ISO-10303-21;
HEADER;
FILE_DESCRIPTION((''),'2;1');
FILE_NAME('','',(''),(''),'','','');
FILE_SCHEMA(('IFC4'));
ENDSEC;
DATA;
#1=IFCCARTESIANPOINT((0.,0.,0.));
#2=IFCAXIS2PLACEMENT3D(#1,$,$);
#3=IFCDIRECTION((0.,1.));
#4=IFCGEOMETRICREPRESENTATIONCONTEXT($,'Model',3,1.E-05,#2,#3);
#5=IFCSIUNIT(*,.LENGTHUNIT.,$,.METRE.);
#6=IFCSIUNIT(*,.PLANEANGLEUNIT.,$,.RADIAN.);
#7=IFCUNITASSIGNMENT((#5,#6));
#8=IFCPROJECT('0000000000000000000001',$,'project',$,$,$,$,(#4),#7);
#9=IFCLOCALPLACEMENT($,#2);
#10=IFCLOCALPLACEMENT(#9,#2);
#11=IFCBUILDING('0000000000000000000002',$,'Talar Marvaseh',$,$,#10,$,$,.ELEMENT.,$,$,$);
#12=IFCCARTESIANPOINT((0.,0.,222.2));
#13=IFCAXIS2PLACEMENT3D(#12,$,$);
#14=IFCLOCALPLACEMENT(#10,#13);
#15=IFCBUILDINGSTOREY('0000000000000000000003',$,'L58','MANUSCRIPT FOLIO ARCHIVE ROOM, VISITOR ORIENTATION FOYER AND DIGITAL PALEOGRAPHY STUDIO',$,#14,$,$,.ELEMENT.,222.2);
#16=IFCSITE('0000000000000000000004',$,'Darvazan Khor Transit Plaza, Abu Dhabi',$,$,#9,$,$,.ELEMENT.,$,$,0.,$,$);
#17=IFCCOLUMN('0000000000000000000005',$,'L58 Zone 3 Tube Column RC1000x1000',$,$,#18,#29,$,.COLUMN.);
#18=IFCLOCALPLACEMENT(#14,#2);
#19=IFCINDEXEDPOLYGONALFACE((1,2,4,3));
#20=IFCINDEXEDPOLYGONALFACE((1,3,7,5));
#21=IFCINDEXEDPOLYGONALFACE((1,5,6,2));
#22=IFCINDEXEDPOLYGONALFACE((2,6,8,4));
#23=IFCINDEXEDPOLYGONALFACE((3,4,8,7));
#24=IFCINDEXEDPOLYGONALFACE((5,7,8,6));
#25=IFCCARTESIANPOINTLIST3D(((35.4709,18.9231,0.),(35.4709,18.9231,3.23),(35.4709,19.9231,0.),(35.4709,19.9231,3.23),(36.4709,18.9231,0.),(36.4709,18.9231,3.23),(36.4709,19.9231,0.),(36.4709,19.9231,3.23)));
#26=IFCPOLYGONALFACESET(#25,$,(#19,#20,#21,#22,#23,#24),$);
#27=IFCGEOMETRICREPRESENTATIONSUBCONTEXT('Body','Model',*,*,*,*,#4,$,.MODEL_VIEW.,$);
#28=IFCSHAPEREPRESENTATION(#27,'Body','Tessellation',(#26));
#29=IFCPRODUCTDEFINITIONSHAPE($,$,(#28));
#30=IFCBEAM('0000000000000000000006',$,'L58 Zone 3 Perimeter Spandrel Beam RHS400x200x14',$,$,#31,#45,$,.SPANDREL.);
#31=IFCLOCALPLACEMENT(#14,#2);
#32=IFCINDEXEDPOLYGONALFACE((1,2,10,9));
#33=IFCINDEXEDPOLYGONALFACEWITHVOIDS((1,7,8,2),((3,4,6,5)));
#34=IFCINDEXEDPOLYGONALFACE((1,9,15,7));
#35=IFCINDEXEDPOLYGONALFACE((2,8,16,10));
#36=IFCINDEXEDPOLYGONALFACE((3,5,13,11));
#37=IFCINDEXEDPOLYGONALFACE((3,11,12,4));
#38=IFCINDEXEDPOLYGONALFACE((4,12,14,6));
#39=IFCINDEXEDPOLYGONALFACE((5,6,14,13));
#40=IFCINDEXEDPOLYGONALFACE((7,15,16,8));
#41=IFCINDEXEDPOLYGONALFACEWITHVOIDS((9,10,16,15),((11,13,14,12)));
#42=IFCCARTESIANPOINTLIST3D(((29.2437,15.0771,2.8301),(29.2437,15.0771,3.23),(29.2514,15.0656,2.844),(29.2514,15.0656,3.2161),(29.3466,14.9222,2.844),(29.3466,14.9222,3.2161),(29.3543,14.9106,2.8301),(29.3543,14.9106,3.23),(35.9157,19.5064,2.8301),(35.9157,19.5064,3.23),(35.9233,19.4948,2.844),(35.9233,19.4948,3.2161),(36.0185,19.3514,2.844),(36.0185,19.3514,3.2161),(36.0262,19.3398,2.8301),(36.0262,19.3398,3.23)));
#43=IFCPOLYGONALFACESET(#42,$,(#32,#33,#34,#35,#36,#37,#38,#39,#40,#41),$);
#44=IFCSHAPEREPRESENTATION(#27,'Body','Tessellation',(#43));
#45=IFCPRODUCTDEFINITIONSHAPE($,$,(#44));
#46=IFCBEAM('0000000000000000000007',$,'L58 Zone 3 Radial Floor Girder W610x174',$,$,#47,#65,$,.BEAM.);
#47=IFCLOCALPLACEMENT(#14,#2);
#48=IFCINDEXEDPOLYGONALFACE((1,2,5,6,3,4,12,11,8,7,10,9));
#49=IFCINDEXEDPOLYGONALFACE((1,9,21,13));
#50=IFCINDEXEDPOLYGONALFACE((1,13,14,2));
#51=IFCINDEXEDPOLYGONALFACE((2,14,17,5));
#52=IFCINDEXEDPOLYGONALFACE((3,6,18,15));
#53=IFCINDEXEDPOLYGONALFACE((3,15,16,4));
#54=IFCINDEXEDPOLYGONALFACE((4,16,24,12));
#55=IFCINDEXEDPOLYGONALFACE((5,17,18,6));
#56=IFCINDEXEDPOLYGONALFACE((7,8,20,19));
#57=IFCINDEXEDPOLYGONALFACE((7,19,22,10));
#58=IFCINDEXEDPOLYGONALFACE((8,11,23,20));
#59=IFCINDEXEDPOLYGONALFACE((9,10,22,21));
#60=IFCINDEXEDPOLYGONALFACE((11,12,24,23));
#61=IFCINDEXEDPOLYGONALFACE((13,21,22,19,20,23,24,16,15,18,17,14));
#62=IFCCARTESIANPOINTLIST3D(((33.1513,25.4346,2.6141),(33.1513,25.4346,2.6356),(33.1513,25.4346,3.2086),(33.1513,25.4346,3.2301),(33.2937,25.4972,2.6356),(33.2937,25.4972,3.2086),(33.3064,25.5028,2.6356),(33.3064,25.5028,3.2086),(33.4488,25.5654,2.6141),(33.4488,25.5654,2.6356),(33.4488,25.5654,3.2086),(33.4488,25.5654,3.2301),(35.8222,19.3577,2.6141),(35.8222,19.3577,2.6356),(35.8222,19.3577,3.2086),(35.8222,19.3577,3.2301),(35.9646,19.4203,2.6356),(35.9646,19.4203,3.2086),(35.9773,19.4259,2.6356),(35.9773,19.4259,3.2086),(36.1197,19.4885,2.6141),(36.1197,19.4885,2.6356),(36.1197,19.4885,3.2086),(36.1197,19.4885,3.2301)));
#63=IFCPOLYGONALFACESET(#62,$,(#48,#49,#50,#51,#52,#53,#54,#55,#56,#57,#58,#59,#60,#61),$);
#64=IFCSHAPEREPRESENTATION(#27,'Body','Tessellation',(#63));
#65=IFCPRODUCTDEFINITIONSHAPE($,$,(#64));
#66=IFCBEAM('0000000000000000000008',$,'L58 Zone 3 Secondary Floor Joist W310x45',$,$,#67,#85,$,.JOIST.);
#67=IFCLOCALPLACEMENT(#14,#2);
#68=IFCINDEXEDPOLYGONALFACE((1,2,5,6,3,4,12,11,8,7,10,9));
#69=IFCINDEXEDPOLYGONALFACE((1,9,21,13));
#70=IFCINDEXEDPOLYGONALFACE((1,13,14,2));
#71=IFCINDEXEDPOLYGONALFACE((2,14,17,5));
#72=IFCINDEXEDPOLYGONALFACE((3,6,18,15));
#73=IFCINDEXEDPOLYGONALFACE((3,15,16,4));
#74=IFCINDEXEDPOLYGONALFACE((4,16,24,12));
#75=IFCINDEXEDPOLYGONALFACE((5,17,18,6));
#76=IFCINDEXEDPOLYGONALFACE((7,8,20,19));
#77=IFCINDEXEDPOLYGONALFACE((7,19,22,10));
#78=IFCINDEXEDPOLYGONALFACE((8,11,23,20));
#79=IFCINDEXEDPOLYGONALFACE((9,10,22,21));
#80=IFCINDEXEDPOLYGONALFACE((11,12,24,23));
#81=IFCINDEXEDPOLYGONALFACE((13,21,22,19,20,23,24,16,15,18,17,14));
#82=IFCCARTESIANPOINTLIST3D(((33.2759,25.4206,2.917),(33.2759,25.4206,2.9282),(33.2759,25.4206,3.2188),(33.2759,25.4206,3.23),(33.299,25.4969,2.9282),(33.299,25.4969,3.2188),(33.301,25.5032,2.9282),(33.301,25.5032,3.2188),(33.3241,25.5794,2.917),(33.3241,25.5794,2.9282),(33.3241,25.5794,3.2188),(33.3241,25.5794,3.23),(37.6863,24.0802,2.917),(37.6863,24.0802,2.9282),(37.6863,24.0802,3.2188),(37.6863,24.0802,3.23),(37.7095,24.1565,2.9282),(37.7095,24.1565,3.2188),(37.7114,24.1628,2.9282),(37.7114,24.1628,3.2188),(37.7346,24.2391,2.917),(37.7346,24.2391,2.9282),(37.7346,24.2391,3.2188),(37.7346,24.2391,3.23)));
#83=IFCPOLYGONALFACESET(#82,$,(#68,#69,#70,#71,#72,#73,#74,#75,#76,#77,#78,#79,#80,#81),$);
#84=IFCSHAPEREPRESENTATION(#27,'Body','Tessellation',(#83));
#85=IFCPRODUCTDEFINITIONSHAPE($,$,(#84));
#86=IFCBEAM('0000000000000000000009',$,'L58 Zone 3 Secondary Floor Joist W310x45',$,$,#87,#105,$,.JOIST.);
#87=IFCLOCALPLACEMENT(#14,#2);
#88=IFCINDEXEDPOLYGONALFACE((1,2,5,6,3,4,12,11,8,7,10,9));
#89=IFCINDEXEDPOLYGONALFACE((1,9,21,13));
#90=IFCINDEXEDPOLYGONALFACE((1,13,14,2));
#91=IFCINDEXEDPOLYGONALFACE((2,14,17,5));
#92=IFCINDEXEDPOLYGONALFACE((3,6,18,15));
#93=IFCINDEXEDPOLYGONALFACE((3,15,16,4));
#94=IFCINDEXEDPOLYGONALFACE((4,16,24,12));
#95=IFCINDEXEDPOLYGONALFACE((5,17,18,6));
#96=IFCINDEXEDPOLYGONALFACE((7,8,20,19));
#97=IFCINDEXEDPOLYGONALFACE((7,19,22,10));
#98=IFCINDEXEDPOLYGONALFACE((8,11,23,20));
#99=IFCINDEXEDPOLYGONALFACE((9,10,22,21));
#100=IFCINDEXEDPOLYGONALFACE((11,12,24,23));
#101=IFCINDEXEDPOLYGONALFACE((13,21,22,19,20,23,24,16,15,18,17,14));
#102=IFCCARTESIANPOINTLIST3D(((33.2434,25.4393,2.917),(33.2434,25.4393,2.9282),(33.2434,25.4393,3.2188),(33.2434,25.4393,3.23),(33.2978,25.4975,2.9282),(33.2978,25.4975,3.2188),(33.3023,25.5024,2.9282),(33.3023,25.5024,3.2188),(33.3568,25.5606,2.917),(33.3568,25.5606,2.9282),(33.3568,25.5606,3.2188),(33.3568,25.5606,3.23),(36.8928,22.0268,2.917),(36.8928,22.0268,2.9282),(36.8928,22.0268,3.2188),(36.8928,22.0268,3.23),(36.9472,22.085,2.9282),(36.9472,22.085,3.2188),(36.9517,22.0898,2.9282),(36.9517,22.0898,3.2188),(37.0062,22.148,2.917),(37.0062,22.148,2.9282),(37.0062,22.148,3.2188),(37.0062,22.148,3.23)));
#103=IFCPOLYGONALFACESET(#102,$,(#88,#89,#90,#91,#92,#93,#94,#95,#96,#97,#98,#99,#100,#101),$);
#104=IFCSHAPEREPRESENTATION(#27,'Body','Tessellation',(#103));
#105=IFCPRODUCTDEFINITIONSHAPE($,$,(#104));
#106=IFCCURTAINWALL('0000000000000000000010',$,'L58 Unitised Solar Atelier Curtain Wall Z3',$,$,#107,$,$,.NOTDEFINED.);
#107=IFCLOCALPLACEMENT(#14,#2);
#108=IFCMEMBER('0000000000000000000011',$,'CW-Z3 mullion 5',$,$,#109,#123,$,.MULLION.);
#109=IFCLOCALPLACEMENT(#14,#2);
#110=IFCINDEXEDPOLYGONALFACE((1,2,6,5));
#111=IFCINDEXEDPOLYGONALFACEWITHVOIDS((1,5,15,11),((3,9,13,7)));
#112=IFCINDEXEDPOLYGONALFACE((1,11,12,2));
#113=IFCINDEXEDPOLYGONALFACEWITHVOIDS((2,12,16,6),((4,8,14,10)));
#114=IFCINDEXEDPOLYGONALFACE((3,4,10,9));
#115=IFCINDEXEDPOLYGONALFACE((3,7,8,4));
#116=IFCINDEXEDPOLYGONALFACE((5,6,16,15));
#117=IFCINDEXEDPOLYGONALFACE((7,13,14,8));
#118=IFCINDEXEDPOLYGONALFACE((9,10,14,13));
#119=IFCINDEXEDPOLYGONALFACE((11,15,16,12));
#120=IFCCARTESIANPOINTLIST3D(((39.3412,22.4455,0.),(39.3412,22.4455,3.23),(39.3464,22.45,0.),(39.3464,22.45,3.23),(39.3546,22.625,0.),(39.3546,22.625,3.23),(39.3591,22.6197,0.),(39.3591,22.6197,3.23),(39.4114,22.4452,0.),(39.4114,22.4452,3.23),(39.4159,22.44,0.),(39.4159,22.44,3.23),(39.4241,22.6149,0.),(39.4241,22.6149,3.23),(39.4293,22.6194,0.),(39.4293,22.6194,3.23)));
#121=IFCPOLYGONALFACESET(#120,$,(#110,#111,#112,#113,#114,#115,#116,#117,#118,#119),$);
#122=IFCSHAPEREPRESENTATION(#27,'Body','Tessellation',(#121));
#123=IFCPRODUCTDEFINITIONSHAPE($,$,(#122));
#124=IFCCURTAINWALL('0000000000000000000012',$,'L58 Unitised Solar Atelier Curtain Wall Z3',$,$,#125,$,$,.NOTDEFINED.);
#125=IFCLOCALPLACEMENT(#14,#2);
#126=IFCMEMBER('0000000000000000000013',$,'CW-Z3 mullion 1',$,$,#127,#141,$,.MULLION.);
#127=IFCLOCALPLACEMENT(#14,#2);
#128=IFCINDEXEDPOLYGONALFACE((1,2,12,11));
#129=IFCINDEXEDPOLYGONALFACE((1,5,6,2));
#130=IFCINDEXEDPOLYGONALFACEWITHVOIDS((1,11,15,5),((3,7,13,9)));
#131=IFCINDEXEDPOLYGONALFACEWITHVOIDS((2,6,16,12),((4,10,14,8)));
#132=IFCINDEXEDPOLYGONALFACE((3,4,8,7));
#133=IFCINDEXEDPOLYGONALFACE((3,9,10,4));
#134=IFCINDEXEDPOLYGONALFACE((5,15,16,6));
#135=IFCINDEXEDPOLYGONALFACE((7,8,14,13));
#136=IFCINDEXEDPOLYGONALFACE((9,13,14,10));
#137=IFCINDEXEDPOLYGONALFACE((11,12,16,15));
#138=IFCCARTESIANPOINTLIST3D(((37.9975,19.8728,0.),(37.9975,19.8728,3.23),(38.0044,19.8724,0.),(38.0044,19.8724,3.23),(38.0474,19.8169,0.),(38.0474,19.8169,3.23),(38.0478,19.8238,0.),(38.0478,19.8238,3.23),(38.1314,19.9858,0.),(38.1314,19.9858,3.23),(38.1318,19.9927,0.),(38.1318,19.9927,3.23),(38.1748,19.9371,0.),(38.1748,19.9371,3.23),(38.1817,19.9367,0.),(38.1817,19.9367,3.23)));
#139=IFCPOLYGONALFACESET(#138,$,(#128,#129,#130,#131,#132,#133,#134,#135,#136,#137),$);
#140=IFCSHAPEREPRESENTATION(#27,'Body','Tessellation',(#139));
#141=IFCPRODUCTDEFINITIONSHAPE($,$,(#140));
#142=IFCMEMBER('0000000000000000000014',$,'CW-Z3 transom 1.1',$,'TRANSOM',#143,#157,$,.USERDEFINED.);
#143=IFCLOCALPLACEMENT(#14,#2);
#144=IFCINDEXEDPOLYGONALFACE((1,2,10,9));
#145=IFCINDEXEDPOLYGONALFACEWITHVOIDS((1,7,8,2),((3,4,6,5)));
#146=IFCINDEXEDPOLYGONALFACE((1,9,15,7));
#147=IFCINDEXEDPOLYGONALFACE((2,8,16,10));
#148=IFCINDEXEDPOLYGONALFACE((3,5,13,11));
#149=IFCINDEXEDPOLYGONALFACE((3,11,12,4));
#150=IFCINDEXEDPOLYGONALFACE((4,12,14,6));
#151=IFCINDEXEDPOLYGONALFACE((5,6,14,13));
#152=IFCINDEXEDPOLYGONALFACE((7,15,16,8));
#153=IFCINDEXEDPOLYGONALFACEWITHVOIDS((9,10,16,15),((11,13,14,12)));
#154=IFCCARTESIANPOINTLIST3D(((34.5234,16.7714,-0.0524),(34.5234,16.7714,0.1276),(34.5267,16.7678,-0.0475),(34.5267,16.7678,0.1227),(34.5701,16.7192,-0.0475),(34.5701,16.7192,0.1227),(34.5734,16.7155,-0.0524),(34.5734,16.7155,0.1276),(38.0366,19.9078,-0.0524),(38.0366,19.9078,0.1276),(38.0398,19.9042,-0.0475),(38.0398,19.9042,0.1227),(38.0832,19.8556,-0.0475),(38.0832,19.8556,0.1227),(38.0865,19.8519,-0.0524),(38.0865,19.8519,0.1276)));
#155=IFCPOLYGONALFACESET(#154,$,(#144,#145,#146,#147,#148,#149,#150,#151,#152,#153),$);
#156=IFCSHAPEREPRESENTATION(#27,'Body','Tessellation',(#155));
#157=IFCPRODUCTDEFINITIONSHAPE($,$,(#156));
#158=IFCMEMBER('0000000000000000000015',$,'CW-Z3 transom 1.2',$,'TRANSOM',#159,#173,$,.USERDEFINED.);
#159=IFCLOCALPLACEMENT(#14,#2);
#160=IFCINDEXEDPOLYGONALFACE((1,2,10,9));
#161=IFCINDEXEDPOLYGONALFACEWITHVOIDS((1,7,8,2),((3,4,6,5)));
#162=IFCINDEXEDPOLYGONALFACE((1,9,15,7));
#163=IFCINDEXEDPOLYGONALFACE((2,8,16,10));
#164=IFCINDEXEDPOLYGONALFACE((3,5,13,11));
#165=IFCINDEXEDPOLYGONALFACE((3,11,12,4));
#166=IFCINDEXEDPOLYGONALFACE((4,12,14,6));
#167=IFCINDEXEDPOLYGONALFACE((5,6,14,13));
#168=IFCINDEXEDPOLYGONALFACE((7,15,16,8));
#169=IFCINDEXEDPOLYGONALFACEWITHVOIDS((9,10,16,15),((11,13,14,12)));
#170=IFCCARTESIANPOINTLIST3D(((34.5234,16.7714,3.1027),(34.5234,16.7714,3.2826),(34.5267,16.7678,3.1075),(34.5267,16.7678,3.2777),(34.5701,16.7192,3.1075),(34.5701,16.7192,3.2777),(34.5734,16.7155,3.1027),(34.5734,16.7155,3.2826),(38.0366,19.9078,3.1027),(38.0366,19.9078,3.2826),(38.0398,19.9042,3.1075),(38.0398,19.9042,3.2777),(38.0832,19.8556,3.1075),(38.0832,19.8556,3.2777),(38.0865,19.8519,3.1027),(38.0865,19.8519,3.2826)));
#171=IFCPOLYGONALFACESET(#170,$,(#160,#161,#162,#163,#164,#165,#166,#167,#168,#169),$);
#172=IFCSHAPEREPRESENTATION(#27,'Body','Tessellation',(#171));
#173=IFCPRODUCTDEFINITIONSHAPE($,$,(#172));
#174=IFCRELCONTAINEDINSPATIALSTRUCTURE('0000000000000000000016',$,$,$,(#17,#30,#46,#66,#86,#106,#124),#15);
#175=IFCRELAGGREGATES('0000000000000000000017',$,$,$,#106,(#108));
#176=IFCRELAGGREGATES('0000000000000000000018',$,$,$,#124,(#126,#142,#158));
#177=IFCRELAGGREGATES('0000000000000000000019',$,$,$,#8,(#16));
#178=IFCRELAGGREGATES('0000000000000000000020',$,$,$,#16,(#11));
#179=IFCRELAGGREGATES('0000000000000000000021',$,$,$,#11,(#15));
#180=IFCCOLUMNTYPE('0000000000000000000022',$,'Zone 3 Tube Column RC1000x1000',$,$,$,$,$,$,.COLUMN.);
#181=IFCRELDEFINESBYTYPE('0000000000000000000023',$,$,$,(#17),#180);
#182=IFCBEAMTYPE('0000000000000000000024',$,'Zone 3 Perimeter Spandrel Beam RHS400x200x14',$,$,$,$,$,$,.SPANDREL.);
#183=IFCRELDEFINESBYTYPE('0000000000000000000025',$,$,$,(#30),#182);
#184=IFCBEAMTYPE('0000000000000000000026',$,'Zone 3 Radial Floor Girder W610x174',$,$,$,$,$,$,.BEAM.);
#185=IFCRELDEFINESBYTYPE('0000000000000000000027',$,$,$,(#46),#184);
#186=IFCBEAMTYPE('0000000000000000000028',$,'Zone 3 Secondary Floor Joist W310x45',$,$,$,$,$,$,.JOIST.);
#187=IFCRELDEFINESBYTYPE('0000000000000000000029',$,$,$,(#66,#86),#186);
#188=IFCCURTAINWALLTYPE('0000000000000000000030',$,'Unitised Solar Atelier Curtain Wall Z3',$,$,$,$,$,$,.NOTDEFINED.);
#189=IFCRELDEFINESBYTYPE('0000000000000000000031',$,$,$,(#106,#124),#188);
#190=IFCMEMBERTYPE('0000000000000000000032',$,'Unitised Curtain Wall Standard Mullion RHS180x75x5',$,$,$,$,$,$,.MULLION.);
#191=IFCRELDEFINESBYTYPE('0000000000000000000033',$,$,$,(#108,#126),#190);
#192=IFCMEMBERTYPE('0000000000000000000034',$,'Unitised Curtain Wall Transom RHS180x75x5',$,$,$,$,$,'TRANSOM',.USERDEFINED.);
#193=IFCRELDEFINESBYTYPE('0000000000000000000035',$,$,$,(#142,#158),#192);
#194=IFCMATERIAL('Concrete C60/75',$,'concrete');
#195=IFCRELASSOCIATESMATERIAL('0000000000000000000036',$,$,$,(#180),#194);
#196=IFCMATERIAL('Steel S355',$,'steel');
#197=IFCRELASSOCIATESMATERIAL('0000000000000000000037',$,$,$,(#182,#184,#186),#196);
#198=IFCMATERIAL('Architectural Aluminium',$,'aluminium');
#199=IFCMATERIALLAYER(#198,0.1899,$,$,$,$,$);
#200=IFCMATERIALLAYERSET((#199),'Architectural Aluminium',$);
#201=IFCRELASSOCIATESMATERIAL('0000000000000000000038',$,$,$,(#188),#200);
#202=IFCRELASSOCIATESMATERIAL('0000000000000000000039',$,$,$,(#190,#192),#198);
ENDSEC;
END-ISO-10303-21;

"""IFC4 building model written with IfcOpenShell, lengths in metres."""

from ifc_helpers import new_model, si_unit, direction, frame, origin, origin_2d, place, context, subcontext, project, spatial, rectangle, hollow_rectangle, i_section, extrude, source, transform, mapped, material, layer, layer_set, material_profile, profile_set, type_object, type_shapes, element, aggregate, save


model = new_model("IFC4")

# Units and contexts
model_context = context("Model", 3, precision=1e-05, world=origin(), true_north=direction((0.0, 1.0)))
body_context = subcontext(model_context, "Body", "Model", "MODEL_VIEW")
ifc_project = project(units=[si_unit("LENGTHUNIT", "METRE"), si_unit("PLANEANGLEUNIT", "RADIAN")], contexts=[model_context])

# Site, building, storey
site_placement = place(None, origin())
site = spatial("IfcSite", under=ifc_project, at=site_placement, Name="Darvazan Khor Transit Plaza, Abu Dhabi", CompositionType="ELEMENT", RefElevation=0.0)
building_placement = place(site_placement, origin())
building = spatial("IfcBuilding", under=site, at=building_placement, Name="Talar Marvaseh", CompositionType="ELEMENT")
storey_placement = place(building_placement, frame((0.0, 0.0, 222.2)))
storey = spatial("IfcBuildingStorey", under=building, at=storey_placement, Name="L58", Description="MANUSCRIPT FOLIO ARCHIVE ROOM, VISITOR ORIENTATION FOYER AND DIGITAL PALEOGRAPHY STUDIO", CompositionType="ELEMENT", Elevation=222.2)

# Column
ifc_material_1 = material(Name="Concrete C60/75", Category="concrete")
ifc_material_profile_1 = material_profile(ifc_material_1, rectangle(XDim=1.0, YDim=1.0, at=origin_2d()), Name="RC1000x1000")
ifc_profile_set_1 = profile_set([ifc_material_profile_1], Name="Concrete C60/75")
column_type = type_object("IfcColumnType", Name="Zone 3 Tube Column RC1000x1000", PredefinedType="COLUMN", material=ifc_profile_set_1)
column_placement = place(storey_placement, frame((35.9709, 19.4231, 0.0), z_axis=(0.0, 0.0, 1.0), x_axis=(1.0, 0.0, 0.0)))
element("IfcColumn", 1, at=column_placement, inside=storey, type_object=column_type, Name="L58 Zone 3 Tube Column RC1000x1000", PredefinedType="COLUMN", context=body_context, shape_type="SweptSolid", body=[
    extrude(rectangle(XDim=1.0, YDim=1.0, at=origin_2d()), origin(), (0.0, 0.0, 1.0), 3.23),
])

# Beams
ifc_material_2 = material(Name="Steel S355", Category="steel")
ifc_material_profile_2 = material_profile(ifc_material_2, hollow_rectangle(XDim=0.2, YDim=0.3999, WallThickness=0.0139, at=origin_2d()), Name="RHS400x200x14")
ifc_profile_set_2 = profile_set([ifc_material_profile_2], Name="Steel S355")
beam_type_1 = type_object("IfcBeamType", Name="Zone 3 Perimeter Spandrel Beam RHS400x200x14", PredefinedType="SPANDREL", material=ifc_profile_set_2)
beam_1_placement = place(storey_placement, frame((35.9709, 19.4231, 3.03), z_axis=(-0.833127, -0.553081, 0.0), x_axis=(0.553081, -0.833127, 0.0)))
element("IfcBeam", 2, at=beam_1_placement, inside=storey, type_object=beam_type_1, Name="L58 Zone 3 Perimeter Spandrel Beam RHS400x200x14", PredefinedType="SPANDREL", context=body_context, shape_type="SweptSolid", body=[
    extrude(hollow_rectangle(XDim=0.2, YDim=0.3999, WallThickness=0.0139, at=origin_2d()), origin(), (0.0, 0.0, 1.0), 8.0083),
])
ifc_material_profile_3 = material_profile(ifc_material_2, i_section(OverallWidth=0.325, OverallDepth=0.616, WebThickness=0.0139, FlangeThickness=0.0215, at=origin_2d()), Name="W610x174")
ifc_profile_set_3 = profile_set([ifc_material_profile_3], Name="Steel S355")
beam_type_2 = type_object("IfcBeamType", Name="Zone 3 Radial Floor Girder W610x174", PredefinedType="BEAM", material=ifc_profile_set_3)
beam_2_placement = place(storey_placement, frame((35.9709, 19.4231, 2.9221), z_axis=(-0.402368, 0.915478, 0.0), x_axis=(-0.915478, -0.402368, 0.0)))
element("IfcBeam", 3, at=beam_2_placement, inside=storey, type_object=beam_type_2, Name="L58 Zone 3 Radial Floor Girder W610x174", PredefinedType="BEAM", context=body_context, shape_type="SweptSolid", body=[
    extrude(i_section(OverallWidth=0.325, OverallDepth=0.616, WebThickness=0.0139, FlangeThickness=0.0215, at=origin_2d()), origin(), (0.0, 0.0, 1.0), 6.6379),
])
ifc_material_profile_4 = material_profile(ifc_material_2, i_section(OverallWidth=0.166, OverallDepth=0.313, WebThickness=0.0066, FlangeThickness=0.0112, at=origin_2d()), Name="W310x45")
ifc_profile_set_4 = profile_set([ifc_material_profile_4], Name="Steel S355")
beam_type_3 = type_object("IfcBeamType", Name="Zone 3 Secondary Floor Joist W310x45", PredefinedType="JOIST", material=ifc_profile_set_4)
beam_3_placement = place(storey_placement, frame((37.7104, 24.1597, 3.0735), z_axis=(-0.956792, 0.290772, 0.0), x_axis=(-0.290772, -0.956792, 0.0)))
element("IfcBeam", 4, at=beam_3_placement, inside=storey, type_object=beam_type_3, Name="L58 Zone 3 Secondary Floor Joist W310x45", PredefinedType="JOIST", context=body_context, shape_type="SweptSolid", body=[
    extrude(i_section(OverallWidth=0.166, OverallDepth=0.313, WebThickness=0.0066, FlangeThickness=0.0112, at=origin_2d()), origin(), (0.0, 0.0, 1.0), 4.6096),
])
beam_4_placement = place(storey_placement, frame((36.9495, 22.0874, 3.0735), z_axis=(-0.730408, 0.683011, 0.0), x_axis=(-0.683011, -0.730408, 0.0)))
element("IfcBeam", 5, at=beam_4_placement, inside=storey, type_object=beam_type_3, Name="L58 Zone 3 Secondary Floor Joist W310x45", PredefinedType="JOIST", context=body_context, shape_type="SweptSolid", body=[
    extrude(i_section(OverallWidth=0.166, OverallDepth=0.313, WebThickness=0.0066, FlangeThickness=0.0112, at=origin_2d()), origin(), (0.0, 0.0, 1.0), 4.9963),
])

# Curtain wall, member
ifc_material_3 = material(Name="Architectural Aluminium", Category="aluminium")
ifc_layer_1 = layer(ifc_material_3, 0.1899)
ifc_layer_set_1 = layer_set([ifc_layer_1], Name="Architectural Aluminium")
curtain_wall_type = type_object("IfcCurtainWallType", Name="Unitised Solar Atelier Curtain Wall Z3", PredefinedType="NOTDEFINED", material=ifc_layer_set_1)
curtain_wall_1_placement = place(storey_placement, origin())
curtain_wall_1 = element("IfcCurtainWall", 6, at=curtain_wall_1_placement, inside=storey, type_object=curtain_wall_type, Name="L58 Unitised Solar Atelier Curtain Wall Z3", PredefinedType="NOTDEFINED")
ifc_material_profile_5 = material_profile(ifc_material_3, hollow_rectangle(XDim=0.075, YDim=0.1799, WallThickness=0.0049, at=origin_2d()), Name="RHS180x75x5")
ifc_profile_set_5 = profile_set([ifc_material_profile_5], Name="Architectural Aluminium")
member_type_1 = type_object("IfcMemberType", Name="Unitised Curtain Wall Standard Mullion RHS180x75x5", PredefinedType="MULLION", material=ifc_profile_set_5)
shared_shape_1 = source(origin(), body_context, "Body", "SweptSolid", [
    extrude(hollow_rectangle(XDim=0.075, YDim=0.1799, WallThickness=0.0049, at=origin_2d()), origin(), (0.0, 0.0, 1.0), 3.23),
])
type_shapes(member_type_1, [shared_shape_1])
member_1_placement = place(storey_placement, frame((39.3853, 22.5325, 0.0), z_axis=(0.0, 0.0, 1.0), x_axis=(0.997239, -0.074263, 0.0)))
member_1 = element("IfcMember", 7, at=member_1_placement, type_object=member_type_1, Name="CW-Z3 mullion 5", PredefinedType="MULLION", context=body_context, shape_type="MappedRepresentation", body=[
    mapped(shared_shape_1, transform((0.0, 0.0, 0.0), x_axis=(1.0, 0.0, 0.0), y_axis=(0.0, 1.0, 0.0), z_axis=(0.0, 0.0, 1.0), scale=1.0)),
])

# Curtain wall, members
curtain_wall_2_placement = place(storey_placement, origin())
curtain_wall_2 = element("IfcCurtainWall", 8, at=curtain_wall_2_placement, inside=storey, type_object=curtain_wall_type, Name="L58 Unitised Solar Atelier Curtain Wall Z3", PredefinedType="NOTDEFINED")
member_2_placement = place(storey_placement, frame((38.0896, 19.9048, 0.0), z_axis=(0.0, 0.0, 1.0), x_axis=(0.665998, -0.745954, 0.0)))
member_2 = element("IfcMember", 9, at=member_2_placement, type_object=member_type_1, Name="CW-Z3 mullion 1", PredefinedType="MULLION", context=body_context, shape_type="MappedRepresentation", body=[
    mapped(shared_shape_1, transform((0.0, 0.0, 0.0), x_axis=(1.0, 0.0, 0.0), y_axis=(0.0, 1.0, 0.0), z_axis=(0.0, 0.0, 1.0), scale=1.0)),
])
ifc_material_profile_6 = material_profile(ifc_material_3, hollow_rectangle(XDim=0.075, YDim=0.1799, WallThickness=0.0049, at=origin_2d()), Name="RHS180x75x5")
ifc_profile_set_6 = profile_set([ifc_material_profile_6], Name="Architectural Aluminium")
member_type_2 = type_object("IfcMemberType", Name="Unitised Curtain Wall Transom RHS180x75x5", ElementType="TRANSOM", PredefinedType="USERDEFINED", material=ifc_profile_set_6)
shared_shape_2 = source(origin(), body_context, "Body", "SweptSolid", [
    extrude(hollow_rectangle(XDim=0.075, YDim=0.1799, WallThickness=0.0049, at=origin_2d()), origin(), (0.0, 0.0, 1.0), 4.7095),
])
type_shapes(member_type_2, [shared_shape_2])
member_3_placement = place(storey_placement, frame((38.0615, 19.8799, 0.0376), z_axis=(-0.745969, -0.665981, 0.0), x_axis=(0.665981, -0.745969, 0.0)))
member_3 = element("IfcMember", 10, at=member_3_placement, type_object=member_type_2, Name="CW-Z3 transom 1.1", ObjectType="TRANSOM", PredefinedType="USERDEFINED", context=body_context, shape_type="MappedRepresentation", body=[
    mapped(shared_shape_2, transform((0.0, 0.0, 0.0), x_axis=(1.0, 0.0, 0.0), y_axis=(0.0, 1.0, 0.0), z_axis=(0.0, 0.0, 1.0), scale=1.0)),
])
member_4_placement = place(storey_placement, frame((38.0615, 19.8799, 3.1926), z_axis=(-0.745969, -0.665981, 0.0), x_axis=(0.665981, -0.745969, 0.0)))
member_4 = element("IfcMember", 11, at=member_4_placement, type_object=member_type_2, Name="CW-Z3 transom 1.2", ObjectType="TRANSOM", PredefinedType="USERDEFINED", context=body_context, shape_type="MappedRepresentation", body=[
    mapped(shared_shape_2, transform((0.0, 0.0, 0.0), x_axis=(1.0, 0.0, 0.0), y_axis=(0.0, 1.0, 0.0), z_axis=(0.0, 0.0, 1.0), scale=1.0)),
])

aggregate(curtain_wall_1, [member_1])
aggregate(curtain_wall_2, [member_2, member_3, member_4])

save(model, "model.ifc")
